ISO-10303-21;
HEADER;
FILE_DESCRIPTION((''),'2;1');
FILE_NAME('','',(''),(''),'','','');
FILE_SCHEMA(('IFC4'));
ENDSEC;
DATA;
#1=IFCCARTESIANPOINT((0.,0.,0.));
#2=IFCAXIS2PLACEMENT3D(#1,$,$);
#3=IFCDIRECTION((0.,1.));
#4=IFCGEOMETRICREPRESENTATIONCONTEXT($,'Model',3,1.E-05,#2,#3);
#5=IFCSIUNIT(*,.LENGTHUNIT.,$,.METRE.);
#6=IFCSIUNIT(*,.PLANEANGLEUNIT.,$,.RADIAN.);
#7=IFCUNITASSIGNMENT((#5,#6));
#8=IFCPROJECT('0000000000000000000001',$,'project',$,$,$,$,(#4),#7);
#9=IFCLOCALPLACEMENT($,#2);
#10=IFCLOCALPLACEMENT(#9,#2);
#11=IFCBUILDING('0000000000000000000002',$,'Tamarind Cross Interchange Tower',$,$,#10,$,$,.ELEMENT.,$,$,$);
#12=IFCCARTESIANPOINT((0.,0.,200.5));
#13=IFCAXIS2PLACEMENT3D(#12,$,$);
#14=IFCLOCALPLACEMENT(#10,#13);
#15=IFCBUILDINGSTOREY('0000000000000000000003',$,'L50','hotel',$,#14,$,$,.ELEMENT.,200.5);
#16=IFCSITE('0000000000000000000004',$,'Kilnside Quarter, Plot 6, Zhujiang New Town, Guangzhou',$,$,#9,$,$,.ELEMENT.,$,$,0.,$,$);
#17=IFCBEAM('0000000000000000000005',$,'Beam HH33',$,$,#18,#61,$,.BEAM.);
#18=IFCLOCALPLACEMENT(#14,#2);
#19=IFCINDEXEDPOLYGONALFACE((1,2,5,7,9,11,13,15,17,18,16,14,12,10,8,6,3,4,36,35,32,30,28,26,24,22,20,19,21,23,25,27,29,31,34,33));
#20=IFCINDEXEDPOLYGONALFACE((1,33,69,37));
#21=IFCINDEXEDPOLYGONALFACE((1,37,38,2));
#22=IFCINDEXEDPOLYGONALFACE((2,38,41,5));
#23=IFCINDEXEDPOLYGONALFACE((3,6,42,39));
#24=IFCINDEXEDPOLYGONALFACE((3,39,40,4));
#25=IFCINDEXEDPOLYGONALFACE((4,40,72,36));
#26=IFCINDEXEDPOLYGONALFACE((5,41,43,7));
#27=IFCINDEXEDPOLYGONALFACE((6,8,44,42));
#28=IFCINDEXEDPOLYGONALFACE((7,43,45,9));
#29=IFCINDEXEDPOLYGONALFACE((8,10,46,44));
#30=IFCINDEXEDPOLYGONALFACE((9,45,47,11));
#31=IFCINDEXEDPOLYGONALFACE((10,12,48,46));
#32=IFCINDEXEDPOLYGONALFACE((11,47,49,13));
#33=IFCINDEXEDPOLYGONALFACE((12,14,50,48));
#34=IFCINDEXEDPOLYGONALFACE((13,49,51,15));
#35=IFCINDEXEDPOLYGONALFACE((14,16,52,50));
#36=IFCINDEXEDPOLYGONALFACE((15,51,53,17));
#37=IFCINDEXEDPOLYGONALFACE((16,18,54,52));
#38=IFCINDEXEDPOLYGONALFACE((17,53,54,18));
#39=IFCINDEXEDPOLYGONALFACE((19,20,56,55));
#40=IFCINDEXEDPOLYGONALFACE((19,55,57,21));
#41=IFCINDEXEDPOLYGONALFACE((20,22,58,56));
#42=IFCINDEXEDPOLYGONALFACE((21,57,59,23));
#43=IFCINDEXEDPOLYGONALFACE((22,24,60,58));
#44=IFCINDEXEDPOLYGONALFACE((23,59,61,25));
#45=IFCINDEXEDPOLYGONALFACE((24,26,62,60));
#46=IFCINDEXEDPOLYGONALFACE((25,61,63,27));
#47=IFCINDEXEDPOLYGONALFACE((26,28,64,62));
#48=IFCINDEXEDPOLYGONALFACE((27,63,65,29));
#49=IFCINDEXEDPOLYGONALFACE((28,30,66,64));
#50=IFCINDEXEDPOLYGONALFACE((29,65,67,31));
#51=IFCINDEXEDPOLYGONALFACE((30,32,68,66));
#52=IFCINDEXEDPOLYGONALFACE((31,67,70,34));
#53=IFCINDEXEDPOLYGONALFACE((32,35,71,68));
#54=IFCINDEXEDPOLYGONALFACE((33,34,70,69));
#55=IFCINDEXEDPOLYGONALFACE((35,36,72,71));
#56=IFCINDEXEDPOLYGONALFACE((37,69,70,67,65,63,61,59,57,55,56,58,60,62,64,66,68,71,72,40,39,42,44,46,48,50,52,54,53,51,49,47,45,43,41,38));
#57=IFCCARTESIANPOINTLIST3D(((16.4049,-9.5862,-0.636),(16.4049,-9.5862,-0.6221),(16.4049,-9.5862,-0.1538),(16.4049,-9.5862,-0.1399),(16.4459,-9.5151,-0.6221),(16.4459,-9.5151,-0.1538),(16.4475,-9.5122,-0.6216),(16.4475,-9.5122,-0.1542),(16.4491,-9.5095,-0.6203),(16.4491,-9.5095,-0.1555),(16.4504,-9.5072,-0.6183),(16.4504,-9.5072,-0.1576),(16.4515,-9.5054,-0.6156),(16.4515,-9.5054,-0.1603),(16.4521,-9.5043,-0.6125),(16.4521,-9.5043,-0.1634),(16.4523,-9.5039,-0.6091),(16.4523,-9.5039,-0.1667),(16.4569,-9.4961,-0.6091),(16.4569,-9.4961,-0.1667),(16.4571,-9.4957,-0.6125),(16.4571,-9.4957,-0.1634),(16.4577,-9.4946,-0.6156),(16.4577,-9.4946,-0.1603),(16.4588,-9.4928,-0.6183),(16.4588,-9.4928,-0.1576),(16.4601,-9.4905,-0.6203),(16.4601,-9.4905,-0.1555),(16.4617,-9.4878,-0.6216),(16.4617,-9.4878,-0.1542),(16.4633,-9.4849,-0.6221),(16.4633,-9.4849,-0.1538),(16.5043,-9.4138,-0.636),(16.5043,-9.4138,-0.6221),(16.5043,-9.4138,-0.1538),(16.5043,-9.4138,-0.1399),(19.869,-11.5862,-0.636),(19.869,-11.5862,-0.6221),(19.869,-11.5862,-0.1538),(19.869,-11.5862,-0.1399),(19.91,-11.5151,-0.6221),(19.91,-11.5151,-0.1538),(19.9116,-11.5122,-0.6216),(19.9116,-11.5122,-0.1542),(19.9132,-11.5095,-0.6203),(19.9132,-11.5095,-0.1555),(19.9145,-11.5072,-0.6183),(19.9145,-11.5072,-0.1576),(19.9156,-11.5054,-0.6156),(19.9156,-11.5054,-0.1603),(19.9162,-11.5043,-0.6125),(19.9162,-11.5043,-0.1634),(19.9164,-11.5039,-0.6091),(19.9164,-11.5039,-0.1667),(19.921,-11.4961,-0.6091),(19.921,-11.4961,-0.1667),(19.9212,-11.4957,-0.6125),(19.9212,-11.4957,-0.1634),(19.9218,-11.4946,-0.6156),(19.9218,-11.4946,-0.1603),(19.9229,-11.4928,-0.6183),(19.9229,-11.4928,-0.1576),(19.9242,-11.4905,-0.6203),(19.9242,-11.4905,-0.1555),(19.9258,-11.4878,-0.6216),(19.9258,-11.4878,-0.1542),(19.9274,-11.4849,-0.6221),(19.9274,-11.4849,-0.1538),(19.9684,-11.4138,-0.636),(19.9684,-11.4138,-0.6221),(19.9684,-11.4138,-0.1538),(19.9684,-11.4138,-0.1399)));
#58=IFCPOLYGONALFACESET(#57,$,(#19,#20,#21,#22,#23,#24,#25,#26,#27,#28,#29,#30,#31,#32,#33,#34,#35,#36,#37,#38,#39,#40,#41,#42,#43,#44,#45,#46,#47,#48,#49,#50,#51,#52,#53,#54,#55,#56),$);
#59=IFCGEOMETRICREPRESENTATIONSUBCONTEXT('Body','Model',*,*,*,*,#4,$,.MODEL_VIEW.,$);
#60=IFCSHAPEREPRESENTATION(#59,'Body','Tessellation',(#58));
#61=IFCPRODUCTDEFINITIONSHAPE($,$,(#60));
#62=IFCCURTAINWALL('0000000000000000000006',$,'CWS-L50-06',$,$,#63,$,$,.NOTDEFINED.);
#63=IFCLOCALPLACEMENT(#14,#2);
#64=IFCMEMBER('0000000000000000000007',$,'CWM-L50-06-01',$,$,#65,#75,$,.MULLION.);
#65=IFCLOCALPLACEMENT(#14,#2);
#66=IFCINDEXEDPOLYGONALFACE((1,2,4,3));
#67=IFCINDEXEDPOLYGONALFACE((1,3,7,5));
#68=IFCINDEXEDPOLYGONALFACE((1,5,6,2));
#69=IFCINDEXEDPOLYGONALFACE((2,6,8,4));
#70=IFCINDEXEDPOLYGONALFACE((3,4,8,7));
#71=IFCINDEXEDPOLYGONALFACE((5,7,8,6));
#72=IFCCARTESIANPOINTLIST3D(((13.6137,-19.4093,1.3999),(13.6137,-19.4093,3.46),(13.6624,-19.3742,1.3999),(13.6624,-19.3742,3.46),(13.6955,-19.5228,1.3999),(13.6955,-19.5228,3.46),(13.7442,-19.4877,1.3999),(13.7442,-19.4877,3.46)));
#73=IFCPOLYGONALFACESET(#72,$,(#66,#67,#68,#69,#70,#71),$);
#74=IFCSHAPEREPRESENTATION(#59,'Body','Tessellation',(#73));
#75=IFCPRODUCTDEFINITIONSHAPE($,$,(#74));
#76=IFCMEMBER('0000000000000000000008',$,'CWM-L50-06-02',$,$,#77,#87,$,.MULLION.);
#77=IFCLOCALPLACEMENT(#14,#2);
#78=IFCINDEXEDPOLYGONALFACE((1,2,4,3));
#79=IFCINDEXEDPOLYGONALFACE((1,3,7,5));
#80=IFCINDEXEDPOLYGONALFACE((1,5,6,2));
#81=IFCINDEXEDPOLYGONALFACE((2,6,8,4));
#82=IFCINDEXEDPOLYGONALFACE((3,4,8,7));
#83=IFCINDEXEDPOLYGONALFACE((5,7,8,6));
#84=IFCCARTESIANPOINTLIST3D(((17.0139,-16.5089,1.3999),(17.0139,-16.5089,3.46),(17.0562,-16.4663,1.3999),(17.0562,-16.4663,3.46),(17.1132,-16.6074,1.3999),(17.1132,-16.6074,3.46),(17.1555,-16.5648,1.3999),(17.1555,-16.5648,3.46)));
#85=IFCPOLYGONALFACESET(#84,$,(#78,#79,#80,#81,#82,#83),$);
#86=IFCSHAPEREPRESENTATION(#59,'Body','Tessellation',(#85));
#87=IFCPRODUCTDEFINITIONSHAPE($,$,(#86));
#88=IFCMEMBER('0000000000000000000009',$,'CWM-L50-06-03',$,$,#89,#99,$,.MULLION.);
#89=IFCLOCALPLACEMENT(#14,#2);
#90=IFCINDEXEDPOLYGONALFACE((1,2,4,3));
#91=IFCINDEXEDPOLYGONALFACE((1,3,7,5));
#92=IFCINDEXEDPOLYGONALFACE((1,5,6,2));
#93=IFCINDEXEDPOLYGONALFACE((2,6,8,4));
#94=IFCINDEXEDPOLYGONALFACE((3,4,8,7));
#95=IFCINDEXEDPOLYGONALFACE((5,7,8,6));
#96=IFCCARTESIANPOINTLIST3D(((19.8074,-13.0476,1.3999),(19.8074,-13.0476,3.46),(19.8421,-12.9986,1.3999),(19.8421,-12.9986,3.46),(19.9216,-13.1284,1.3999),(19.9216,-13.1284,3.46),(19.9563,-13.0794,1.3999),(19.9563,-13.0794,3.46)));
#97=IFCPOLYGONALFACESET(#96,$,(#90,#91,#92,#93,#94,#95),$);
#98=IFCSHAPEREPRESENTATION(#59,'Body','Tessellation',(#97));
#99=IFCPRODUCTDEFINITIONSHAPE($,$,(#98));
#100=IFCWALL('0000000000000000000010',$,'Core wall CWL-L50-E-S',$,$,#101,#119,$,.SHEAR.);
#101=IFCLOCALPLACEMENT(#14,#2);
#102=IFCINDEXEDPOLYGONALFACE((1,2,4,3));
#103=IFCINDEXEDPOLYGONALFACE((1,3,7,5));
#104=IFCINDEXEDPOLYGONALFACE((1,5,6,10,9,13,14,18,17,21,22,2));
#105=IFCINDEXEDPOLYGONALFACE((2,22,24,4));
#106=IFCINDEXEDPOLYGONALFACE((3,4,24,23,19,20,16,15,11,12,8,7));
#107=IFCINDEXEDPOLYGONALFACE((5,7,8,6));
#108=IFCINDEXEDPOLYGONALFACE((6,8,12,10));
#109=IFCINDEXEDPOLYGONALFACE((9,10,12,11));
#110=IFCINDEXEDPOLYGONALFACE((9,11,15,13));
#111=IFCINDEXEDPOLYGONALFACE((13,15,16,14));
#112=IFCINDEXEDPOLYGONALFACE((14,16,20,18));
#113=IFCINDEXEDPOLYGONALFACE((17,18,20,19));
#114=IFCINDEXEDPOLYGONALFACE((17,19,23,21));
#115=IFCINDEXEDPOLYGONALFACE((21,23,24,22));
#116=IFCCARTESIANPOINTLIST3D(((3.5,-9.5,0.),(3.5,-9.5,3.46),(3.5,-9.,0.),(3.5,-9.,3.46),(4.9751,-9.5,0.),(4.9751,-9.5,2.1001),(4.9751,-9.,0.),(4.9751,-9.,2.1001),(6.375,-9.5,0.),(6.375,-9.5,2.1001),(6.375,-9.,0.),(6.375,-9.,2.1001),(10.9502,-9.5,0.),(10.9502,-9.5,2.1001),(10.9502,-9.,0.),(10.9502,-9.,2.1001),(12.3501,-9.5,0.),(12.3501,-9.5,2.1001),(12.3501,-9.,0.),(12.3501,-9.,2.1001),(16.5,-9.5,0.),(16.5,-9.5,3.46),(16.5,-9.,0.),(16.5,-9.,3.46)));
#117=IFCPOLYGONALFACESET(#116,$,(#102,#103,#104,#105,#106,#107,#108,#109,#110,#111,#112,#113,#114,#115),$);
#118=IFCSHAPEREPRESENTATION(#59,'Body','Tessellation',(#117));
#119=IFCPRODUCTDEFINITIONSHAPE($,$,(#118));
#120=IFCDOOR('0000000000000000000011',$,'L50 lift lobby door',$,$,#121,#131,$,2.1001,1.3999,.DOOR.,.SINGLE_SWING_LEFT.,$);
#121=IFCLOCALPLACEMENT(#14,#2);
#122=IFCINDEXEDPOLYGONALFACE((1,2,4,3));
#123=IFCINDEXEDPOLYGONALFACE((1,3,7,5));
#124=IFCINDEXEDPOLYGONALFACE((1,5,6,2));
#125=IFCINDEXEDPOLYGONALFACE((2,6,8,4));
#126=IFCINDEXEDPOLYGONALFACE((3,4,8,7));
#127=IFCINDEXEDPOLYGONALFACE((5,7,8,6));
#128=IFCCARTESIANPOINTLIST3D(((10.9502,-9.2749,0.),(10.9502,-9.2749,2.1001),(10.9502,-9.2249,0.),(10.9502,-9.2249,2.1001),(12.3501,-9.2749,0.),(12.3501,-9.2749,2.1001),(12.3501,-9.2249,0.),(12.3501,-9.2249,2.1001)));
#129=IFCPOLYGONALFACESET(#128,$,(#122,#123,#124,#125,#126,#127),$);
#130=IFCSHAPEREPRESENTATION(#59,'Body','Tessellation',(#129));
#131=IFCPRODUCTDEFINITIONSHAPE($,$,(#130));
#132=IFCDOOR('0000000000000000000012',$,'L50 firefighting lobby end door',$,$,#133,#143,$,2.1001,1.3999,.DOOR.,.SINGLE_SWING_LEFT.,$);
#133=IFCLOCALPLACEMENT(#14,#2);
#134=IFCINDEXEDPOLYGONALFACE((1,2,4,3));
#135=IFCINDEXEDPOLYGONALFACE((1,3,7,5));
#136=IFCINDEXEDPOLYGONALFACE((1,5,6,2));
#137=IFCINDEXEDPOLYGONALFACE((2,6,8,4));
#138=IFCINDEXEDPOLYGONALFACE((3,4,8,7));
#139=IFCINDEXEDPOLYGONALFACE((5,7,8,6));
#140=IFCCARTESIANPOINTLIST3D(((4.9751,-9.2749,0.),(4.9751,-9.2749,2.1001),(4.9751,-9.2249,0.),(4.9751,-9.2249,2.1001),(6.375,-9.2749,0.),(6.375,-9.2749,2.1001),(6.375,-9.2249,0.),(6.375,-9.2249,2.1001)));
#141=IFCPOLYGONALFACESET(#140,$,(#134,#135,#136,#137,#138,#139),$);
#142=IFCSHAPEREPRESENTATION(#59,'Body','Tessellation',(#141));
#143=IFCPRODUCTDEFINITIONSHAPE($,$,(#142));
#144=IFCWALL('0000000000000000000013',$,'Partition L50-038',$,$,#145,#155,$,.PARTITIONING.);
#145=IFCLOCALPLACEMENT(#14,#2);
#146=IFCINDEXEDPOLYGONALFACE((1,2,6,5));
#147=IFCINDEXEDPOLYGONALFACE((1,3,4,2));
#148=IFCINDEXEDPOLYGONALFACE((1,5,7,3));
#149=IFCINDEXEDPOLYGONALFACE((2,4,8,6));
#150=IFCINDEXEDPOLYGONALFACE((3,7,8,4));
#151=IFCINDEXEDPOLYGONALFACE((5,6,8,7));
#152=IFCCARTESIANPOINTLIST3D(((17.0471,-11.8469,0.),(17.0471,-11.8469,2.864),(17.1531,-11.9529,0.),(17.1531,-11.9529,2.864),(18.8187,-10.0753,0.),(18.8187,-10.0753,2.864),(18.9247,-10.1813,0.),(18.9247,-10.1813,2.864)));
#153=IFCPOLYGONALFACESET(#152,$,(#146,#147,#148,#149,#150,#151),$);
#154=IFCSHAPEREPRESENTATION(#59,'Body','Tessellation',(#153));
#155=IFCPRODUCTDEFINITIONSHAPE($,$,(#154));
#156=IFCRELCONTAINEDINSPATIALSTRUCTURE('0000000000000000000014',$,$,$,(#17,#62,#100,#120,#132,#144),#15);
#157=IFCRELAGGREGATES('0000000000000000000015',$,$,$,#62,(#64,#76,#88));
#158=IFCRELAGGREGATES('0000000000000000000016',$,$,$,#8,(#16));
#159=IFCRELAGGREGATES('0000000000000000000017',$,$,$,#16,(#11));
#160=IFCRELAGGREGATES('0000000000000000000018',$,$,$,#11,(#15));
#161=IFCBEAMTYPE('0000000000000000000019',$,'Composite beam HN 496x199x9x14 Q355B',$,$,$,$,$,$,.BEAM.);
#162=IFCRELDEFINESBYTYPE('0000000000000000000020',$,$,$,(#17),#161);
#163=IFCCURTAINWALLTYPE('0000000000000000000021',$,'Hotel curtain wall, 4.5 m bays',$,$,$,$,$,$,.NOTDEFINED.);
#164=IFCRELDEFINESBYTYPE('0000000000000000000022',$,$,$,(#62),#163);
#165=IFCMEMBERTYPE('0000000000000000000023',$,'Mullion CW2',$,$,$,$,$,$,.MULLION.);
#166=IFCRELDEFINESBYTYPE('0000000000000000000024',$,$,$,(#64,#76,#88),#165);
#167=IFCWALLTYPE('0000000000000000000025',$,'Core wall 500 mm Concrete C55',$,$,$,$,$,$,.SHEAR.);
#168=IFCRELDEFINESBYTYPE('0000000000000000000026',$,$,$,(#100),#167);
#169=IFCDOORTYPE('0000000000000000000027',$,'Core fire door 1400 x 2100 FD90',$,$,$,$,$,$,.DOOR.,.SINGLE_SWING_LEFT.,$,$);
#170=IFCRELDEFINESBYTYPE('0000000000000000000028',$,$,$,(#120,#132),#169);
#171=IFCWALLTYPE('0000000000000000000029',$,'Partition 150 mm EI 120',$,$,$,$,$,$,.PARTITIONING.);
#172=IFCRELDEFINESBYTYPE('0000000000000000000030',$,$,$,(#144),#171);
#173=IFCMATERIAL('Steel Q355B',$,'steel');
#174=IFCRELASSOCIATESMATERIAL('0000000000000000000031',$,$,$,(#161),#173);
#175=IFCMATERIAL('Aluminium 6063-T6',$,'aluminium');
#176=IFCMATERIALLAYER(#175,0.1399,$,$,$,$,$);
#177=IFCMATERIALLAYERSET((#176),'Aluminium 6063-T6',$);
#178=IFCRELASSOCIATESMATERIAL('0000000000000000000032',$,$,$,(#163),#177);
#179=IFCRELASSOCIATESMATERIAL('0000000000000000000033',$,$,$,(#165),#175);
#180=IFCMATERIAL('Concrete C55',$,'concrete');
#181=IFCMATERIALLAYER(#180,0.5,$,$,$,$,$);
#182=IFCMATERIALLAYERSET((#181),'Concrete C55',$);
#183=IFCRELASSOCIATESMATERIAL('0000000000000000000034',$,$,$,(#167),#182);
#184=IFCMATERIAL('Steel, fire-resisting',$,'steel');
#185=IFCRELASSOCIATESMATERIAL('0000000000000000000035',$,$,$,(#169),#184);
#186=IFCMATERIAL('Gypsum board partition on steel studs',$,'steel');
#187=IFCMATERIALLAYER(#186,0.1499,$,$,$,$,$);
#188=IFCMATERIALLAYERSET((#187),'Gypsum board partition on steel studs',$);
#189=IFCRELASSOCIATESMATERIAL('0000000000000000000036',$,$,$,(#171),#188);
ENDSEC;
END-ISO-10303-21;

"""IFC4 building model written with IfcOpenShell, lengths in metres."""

from ifc_helpers import new_model, si_unit, direction, frame, frame_2d, origin, origin_2d, place, context, subcontext, project, spatial, rectangle, i_section, extrude, material, layer, layer_set, material_profile, profile_set, type_object, element, fill, aggregate, save


model = new_model("IFC4")

# Units and contexts
model_context = context("Model", 3, precision=1e-05, world=origin(), true_north=direction((0.0, 1.0)))
body_context = subcontext(model_context, "Body", "Model", "MODEL_VIEW")
ifc_project = project(units=[si_unit("LENGTHUNIT", "METRE"), si_unit("PLANEANGLEUNIT", "RADIAN")], contexts=[model_context])

# Site, building, storey
site_placement = place(None, origin())
site = spatial("IfcSite", under=ifc_project, at=site_placement, Name="Kilnside Quarter, Plot 6, Zhujiang New Town, Guangzhou", CompositionType="ELEMENT", RefElevation=0.0)
building_placement = place(site_placement, origin())
building = spatial("IfcBuilding", under=site, at=building_placement, Name="Tamarind Cross Interchange Tower", CompositionType="ELEMENT")
storey_placement = place(building_placement, frame((0.0, 0.0, 200.5)))
storey = spatial("IfcBuildingStorey", under=building, at=storey_placement, Name="L50", Description="hotel", CompositionType="ELEMENT", Elevation=200.5)

# Shared definitions
ifc_material_1 = material(Name="Concrete C55", Category="concrete")

# Beam
ifc_material_2 = material(Name="Steel Q355B", Category="steel")
ifc_material_profile_1 = material_profile(ifc_material_2, i_section(OverallWidth=0.199, OverallDepth=0.4961, WebThickness=0.009, FlangeThickness=0.0139, FilletRadius=0.0129, at=origin_2d()), Name="HN 496x199x9x14")
ifc_profile_set_1 = profile_set([ifc_material_profile_1], Name="Steel Q355B")
beam_type = type_object("IfcBeamType", Name="Composite beam HN 496x199x9x14 Q355B", PredefinedType="BEAM", material=ifc_profile_set_1)
beam_1_placement = place(storey_placement, frame((19.9187, -11.5, -0.3879), z_axis=(-0.866026, 0.499999, 0.0), x_axis=(-0.499999, -0.866026, 0.0)))
element("IfcBeam", 1, at=beam_1_placement, inside=storey, type_object=beam_type, Name="Beam HH33", PredefinedType="BEAM", context=body_context, shape_type="SweptSolid", body=[
    extrude(i_section(OverallWidth=0.199, OverallDepth=0.4961, WebThickness=0.009, FlangeThickness=0.0139, FilletRadius=0.0129, at=origin_2d()), origin(), (0.0, 0.0, 1.0), 4.0),
])

# Curtain wall, members
ifc_material_3 = material(Name="Aluminium 6063-T6", Category="aluminium")
ifc_layer_1 = layer(ifc_material_3, 0.1399)
ifc_layer_set_1 = layer_set([ifc_layer_1], Name="Aluminium 6063-T6")
curtain_wall_type = type_object("IfcCurtainWallType", Name="Hotel curtain wall, 4.5 m bays", PredefinedType="NOTDEFINED", material=ifc_layer_set_1)
curtain_wall_placement = place(storey_placement, origin())
curtain_wall = element("IfcCurtainWall", 2, at=curtain_wall_placement, inside=storey, type_object=curtain_wall_type, Name="CWS-L50-06", PredefinedType="NOTDEFINED")
ifc_material_profile_2 = material_profile(ifc_material_3, rectangle(XDim=0.0601, YDim=0.1399, at=origin_2d()), Name="Mullion CW2")
ifc_profile_set_2 = profile_set([ifc_material_profile_2], Name="Aluminium 6063-T6")
member_type = type_object("IfcMemberType", Name="Mullion CW2", PredefinedType="MULLION", material=ifc_profile_set_2)
member_1_placement = place(storey_placement, frame((13.679, -19.4485, 1.3999), z_axis=(0.0, 0.0, 1.0), x_axis=(0.811217, 0.584745, 0.0)))
member_1 = element("IfcMember", 3, at=member_1_placement, type_object=member_type, Name="CWM-L50-06-01", PredefinedType="MULLION", context=body_context, shape_type="SweptSolid", body=[
    extrude(rectangle(XDim=0.0601, YDim=0.1399, at=origin_2d()), origin(), (0.0, 0.0, 1.0), 2.0601),
])
member_2_placement = place(storey_placement, frame((17.0847, -16.5369, 1.3999), z_axis=(0.0, 0.0, 1.0), x_axis=(0.704057, 0.710143, 0.0)))
member_2 = element("IfcMember", 4, at=member_2_placement, type_object=member_type, Name="CWM-L50-06-02", PredefinedType="MULLION", context=body_context, shape_type="SweptSolid", body=[
    extrude(rectangle(XDim=0.0601, YDim=0.1399, at=origin_2d()), origin(), (0.0, 0.0, 1.0), 2.0601),
])
member_3_placement = place(storey_placement, frame((19.8818, -13.0635, 1.3999), z_axis=(0.0, 0.0, 1.0), x_axis=(0.577569, 0.816342, 0.0)))
member_3 = element("IfcMember", 5, at=member_3_placement, type_object=member_type, Name="CWM-L50-06-03", PredefinedType="MULLION", context=body_context, shape_type="SweptSolid", body=[
    extrude(rectangle(XDim=0.0601, YDim=0.1399, at=origin_2d()), origin(), (0.0, 0.0, 1.0), 2.0601),
])
aggregate(curtain_wall, [member_1, member_2, member_3])

# Wall, openings, doors
ifc_layer_2 = layer(ifc_material_1, 0.5)
ifc_layer_set_2 = layer_set([ifc_layer_2], Name="Concrete C55")
wall_type_1 = type_object("IfcWallType", Name="Core wall 500 mm Concrete C55", PredefinedType="SHEAR", material=ifc_layer_set_2)
wall_1_placement = place(storey_placement, frame((16.5, -9.25, 0.0), z_axis=(0.0, 0.0, 1.0), x_axis=(-1.0, 0.0, 0.0)))
wall_1 = element("IfcWall", 6, at=wall_1_placement, inside=storey, type_object=wall_type_1, Name="Core wall CWL-L50-E-S", PredefinedType="SHEAR", context=body_context, shape_type="SweptSolid", body=[
    extrude(rectangle(XDim=13.0, YDim=0.5, at=frame_2d((6.5, 0.0))), origin(), (0.0, 0.0, 1.0), 3.46),
])
opening_1_placement = place(wall_1_placement, frame((4.1499, 0.0, 0.0)))
opening_1 = element("IfcOpeningElement", 7, at=opening_1_placement, cuts=wall_1, PredefinedType="OPENING", context=body_context, shape_type="SweptSolid", body=[
    extrude(rectangle(XDim=1.3999, YDim=2.1001, at=frame_2d((0.7, 1.05))), frame((0.0, 0.26, 0.0), z_axis=(0.0, -1.0, 0.0), x_axis=(1.0, 0.0, 0.0)), (0.0, 0.0, 1.0), 0.52),
])
opening_2_placement = place(wall_1_placement, frame((10.125, 0.0, 0.0)))
opening_2 = element("IfcOpeningElement", 8, at=opening_2_placement, cuts=wall_1, PredefinedType="OPENING", context=body_context, shape_type="SweptSolid", body=[
    extrude(rectangle(XDim=1.3999, YDim=2.1001, at=frame_2d((0.7, 1.05))), frame((0.0, 0.26, 0.0), z_axis=(0.0, -1.0, 0.0), x_axis=(1.0, 0.0, 0.0)), (0.0, 0.0, 1.0), 0.52),
])
ifc_material_4 = material(Name="Steel, fire-resisting", Category="steel")
door_type_1 = type_object("IfcDoorType", Name="Core fire door 1400 x 2100 FD90", OperationType="SINGLE_SWING_LEFT", PredefinedType="DOOR", material=ifc_material_4)
door_1_placement = place(opening_1_placement, origin())
door_1 = element("IfcDoor", 9, at=door_1_placement, inside=storey, type_object=door_type_1, Name="L50 lift lobby door", OperationType="SINGLE_SWING_LEFT", OverallHeight=2.1001, OverallWidth=1.3999, PredefinedType="DOOR", context=body_context, shape_type="SweptSolid", body=[
    extrude(rectangle(XDim=1.3999, YDim=2.1001, at=frame_2d((0.7, 1.05))), frame((0.0, 0.0249, 0.0), z_axis=(0.0, -1.0, 0.0), x_axis=(1.0, 0.0, 0.0)), (0.0, 0.0, 1.0), 0.05),
])
fill(opening_1, door_1)
door_2_placement = place(opening_2_placement, origin())
door_2 = element("IfcDoor", 10, at=door_2_placement, inside=storey, type_object=door_type_1, Name="L50 firefighting lobby end door", OperationType="SINGLE_SWING_LEFT", OverallHeight=2.1001, OverallWidth=1.3999, PredefinedType="DOOR", context=body_context, shape_type="SweptSolid", body=[
    extrude(rectangle(XDim=1.3999, YDim=2.1001, at=frame_2d((0.7, 1.05))), frame((0.0, 0.0249, 0.0), z_axis=(0.0, -1.0, 0.0), x_axis=(1.0, 0.0, 0.0)), (0.0, 0.0, 1.0), 0.05),
])
fill(opening_2, door_2)

# Wall
ifc_material_5 = material(Name="Gypsum board partition on steel studs", Category="steel")
ifc_layer_3 = layer(ifc_material_5, 0.1499)
ifc_layer_set_3 = layer_set([ifc_layer_3], Name="Gypsum board partition on steel studs")
wall_type_2 = type_object("IfcWallType", Name="Partition 150 mm EI 120", PredefinedType="PARTITIONING", material=ifc_layer_set_3)
wall_2_placement = place(storey_placement, frame((17.1001, -11.8999, 0.0), z_axis=(0.0, 0.0, 1.0), x_axis=(0.707107, 0.707107, 0.0)))
element("IfcWall", 11, at=wall_2_placement, inside=storey, type_object=wall_type_2, Name="Partition L50-038", PredefinedType="PARTITIONING", context=body_context, shape_type="SweptSolid", body=[
    extrude(rectangle(XDim=2.5054, YDim=0.1499, at=frame_2d((1.2527, 0.0))), origin(), (0.0, 0.0, 1.0), 2.864),
])

save(model, "model.ifc")
